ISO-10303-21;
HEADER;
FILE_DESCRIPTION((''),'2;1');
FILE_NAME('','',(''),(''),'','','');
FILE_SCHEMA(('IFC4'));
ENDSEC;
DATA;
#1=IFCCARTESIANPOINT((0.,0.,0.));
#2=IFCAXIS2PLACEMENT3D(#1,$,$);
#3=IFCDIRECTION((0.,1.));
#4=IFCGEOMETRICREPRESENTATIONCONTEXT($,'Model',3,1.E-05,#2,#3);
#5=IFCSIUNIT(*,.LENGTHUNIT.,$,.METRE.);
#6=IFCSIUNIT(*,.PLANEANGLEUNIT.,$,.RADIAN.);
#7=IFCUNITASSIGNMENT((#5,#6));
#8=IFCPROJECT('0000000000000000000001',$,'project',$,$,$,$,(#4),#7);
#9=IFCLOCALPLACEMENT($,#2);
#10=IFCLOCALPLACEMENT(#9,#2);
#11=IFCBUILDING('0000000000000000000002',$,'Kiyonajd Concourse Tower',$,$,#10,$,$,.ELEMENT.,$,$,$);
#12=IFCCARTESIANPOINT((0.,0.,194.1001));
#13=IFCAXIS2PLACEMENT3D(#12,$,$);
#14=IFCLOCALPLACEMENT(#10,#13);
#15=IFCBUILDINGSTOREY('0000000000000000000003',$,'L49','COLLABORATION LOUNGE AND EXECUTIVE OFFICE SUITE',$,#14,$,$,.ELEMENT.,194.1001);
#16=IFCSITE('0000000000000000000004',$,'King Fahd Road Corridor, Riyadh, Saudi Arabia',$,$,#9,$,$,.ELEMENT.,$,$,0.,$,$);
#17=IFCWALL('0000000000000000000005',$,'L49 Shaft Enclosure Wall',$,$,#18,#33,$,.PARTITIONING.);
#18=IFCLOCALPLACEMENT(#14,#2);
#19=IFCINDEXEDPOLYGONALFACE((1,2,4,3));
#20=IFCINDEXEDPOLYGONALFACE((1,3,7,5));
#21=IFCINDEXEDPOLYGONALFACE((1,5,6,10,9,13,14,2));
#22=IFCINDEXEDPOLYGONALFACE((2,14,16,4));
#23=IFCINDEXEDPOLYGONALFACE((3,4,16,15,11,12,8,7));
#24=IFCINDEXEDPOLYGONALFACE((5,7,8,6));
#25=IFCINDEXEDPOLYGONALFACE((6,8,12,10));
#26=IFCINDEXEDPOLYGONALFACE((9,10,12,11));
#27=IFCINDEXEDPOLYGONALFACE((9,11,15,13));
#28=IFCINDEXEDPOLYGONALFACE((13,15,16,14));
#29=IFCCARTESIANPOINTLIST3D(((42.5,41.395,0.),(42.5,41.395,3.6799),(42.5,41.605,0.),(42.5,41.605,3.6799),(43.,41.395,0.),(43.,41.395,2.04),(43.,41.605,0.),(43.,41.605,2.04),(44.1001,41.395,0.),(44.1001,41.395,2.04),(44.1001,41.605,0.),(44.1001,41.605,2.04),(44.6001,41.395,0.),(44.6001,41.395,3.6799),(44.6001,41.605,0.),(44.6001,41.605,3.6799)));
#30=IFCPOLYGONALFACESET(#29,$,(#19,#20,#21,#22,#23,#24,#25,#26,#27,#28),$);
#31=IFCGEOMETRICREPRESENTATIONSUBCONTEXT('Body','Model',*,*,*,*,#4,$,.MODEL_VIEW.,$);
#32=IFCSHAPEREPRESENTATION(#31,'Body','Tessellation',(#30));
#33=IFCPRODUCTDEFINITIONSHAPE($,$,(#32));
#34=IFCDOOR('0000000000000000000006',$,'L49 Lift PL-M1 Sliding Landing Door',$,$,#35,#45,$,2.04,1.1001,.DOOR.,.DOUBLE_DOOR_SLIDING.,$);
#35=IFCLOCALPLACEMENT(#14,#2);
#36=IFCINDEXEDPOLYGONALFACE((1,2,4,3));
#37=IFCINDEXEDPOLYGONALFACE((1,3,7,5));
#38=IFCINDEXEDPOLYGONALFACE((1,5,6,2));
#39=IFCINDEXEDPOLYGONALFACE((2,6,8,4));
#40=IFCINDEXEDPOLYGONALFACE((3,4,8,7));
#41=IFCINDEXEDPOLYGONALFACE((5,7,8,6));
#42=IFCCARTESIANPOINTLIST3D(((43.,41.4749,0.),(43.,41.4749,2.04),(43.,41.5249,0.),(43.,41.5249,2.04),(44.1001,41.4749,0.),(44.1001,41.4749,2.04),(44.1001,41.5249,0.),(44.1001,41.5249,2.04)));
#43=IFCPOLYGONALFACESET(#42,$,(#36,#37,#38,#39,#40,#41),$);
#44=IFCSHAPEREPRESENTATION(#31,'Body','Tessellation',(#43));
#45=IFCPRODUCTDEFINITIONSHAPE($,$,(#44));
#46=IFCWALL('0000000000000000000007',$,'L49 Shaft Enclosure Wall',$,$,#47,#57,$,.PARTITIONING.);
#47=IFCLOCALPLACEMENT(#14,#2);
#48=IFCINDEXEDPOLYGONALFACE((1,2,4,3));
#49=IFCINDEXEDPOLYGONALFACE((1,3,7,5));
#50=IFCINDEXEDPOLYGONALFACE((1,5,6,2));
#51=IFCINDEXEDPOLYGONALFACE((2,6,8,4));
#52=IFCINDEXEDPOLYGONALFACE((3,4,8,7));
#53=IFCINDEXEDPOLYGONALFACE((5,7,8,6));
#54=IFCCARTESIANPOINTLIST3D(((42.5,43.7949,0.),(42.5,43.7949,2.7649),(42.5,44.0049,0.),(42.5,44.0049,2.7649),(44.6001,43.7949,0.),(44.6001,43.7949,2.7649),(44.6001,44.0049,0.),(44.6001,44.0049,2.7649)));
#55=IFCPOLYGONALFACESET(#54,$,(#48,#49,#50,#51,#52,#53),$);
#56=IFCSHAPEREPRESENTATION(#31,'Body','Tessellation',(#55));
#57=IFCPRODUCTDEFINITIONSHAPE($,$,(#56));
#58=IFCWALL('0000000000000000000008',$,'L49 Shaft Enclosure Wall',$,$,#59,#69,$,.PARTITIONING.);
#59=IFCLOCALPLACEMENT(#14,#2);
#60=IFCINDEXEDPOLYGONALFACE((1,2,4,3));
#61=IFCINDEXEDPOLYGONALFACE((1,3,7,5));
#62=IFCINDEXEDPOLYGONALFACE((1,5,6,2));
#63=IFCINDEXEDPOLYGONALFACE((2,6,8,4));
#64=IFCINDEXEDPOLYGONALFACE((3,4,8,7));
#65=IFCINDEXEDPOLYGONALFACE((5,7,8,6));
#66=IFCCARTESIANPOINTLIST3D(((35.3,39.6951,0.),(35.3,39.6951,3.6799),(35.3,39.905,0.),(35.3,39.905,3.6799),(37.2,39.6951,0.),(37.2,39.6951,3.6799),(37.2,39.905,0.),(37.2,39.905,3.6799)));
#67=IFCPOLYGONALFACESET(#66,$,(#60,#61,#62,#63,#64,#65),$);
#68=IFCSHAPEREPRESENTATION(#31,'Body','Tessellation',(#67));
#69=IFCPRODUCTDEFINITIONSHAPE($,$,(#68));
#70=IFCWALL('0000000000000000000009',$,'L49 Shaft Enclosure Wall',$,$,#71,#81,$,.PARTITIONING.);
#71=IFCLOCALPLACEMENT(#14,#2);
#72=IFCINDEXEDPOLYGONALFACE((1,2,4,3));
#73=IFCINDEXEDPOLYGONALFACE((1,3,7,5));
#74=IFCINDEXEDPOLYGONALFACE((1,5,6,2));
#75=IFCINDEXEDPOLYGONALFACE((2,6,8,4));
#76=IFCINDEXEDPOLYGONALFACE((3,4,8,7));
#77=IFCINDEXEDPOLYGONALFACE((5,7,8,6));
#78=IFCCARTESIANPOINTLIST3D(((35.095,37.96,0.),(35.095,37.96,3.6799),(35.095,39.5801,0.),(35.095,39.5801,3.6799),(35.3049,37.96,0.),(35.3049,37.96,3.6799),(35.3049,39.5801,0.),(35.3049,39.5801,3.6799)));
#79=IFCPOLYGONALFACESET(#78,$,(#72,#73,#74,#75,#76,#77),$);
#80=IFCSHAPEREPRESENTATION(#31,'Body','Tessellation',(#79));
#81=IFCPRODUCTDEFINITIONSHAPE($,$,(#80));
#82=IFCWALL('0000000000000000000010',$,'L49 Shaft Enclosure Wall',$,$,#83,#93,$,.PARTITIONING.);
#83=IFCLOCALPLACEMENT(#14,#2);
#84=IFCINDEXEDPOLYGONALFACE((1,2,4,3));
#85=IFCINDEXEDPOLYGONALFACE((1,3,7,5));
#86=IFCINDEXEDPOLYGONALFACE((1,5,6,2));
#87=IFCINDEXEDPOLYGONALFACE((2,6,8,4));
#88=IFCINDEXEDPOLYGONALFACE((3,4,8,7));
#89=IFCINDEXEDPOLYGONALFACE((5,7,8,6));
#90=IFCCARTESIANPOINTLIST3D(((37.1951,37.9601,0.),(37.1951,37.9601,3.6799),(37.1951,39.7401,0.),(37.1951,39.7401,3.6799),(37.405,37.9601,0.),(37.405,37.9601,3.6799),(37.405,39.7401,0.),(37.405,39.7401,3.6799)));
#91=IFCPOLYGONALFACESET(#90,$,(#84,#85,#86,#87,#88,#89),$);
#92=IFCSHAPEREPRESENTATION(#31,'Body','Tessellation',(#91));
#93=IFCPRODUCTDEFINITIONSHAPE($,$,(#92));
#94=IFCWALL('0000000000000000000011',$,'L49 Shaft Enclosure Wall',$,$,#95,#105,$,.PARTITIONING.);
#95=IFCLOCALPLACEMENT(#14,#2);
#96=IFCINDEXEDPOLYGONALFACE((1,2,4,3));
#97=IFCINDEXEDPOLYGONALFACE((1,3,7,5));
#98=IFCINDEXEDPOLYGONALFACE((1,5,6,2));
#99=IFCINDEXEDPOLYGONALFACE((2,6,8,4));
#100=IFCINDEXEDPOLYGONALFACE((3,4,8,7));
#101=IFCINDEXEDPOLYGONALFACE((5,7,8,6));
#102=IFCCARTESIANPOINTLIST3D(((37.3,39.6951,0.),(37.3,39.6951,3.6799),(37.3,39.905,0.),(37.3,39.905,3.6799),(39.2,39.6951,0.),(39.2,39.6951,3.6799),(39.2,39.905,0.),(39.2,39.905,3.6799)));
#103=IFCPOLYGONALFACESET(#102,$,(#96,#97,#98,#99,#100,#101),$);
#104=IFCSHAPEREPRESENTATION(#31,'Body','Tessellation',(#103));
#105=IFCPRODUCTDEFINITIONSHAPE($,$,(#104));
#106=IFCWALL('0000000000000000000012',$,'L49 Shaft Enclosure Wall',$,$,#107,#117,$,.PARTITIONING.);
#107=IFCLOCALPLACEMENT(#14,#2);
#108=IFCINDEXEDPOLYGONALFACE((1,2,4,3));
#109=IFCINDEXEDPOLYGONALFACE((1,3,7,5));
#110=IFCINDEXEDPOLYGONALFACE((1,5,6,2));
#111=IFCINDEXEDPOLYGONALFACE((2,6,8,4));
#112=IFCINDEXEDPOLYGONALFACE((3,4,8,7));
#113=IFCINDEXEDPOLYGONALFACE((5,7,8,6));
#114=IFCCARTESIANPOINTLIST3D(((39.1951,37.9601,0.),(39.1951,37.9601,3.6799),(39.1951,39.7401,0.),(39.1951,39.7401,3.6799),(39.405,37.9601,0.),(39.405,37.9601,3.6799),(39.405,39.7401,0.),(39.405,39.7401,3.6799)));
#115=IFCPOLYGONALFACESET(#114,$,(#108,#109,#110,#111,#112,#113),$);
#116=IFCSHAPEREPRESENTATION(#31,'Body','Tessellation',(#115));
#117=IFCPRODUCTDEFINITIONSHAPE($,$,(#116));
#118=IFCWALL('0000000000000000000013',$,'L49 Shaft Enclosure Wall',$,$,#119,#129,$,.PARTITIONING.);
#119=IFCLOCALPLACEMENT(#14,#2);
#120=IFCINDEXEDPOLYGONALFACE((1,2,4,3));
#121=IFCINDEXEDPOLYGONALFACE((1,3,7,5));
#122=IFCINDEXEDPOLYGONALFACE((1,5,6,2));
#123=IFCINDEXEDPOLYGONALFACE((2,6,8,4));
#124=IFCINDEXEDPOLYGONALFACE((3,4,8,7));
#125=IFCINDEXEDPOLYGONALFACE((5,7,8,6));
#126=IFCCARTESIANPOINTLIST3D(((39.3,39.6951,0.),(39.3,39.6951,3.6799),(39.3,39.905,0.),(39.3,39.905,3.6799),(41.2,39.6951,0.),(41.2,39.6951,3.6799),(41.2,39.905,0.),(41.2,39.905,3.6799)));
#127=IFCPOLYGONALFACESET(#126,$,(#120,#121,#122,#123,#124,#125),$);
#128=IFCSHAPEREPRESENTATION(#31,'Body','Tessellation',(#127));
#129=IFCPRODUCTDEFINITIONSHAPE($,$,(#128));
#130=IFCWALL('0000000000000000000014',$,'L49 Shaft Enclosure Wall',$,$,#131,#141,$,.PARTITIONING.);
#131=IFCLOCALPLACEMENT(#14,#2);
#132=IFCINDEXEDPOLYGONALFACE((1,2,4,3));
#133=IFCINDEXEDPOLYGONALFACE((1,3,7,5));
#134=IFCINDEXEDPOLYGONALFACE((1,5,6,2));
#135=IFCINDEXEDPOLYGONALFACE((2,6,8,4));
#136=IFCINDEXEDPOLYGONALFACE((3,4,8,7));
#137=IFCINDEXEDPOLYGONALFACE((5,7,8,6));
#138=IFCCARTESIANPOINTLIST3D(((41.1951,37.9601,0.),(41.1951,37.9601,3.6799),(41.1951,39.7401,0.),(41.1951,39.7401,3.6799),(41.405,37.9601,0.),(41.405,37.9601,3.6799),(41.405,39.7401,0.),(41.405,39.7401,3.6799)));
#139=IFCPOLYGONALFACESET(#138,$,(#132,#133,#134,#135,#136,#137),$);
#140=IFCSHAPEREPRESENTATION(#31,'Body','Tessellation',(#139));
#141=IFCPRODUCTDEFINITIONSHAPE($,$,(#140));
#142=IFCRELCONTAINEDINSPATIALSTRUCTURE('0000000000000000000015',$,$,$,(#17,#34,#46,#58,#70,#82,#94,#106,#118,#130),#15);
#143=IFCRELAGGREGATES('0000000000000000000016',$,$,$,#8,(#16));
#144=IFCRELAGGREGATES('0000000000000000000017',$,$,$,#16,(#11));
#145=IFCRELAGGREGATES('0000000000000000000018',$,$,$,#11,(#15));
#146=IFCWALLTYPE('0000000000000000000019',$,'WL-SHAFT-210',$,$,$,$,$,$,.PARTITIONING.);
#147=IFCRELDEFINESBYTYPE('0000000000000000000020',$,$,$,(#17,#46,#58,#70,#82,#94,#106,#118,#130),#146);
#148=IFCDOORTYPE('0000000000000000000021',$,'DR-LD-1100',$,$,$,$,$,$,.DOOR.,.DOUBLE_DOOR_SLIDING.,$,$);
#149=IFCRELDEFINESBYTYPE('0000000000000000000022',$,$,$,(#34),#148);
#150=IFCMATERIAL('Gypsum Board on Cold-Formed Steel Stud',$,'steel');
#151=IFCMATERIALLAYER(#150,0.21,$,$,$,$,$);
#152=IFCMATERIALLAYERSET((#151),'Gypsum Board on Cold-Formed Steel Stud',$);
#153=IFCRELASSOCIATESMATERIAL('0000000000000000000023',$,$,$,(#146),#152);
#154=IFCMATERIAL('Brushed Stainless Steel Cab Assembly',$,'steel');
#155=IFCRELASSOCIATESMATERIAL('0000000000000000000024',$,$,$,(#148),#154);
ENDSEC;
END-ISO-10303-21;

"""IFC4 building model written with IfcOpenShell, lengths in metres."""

from ifc_helpers import new_model, si_unit, direction, frame, frame_2d, origin, place, context, subcontext, project, spatial, rectangle, extrude, material, layer, layer_set, type_object, element, fill, save


model = new_model("IFC4")

# Units and contexts
model_context = context("Model", 3, precision=1e-05, world=origin(), true_north=direction((0.0, 1.0)))
body_context = subcontext(model_context, "Body", "Model", "MODEL_VIEW")
ifc_project = project(units=[si_unit("LENGTHUNIT", "METRE"), si_unit("PLANEANGLEUNIT", "RADIAN")], contexts=[model_context])

# Site, building, storey
site_placement = place(None, origin())
site = spatial("IfcSite", under=ifc_project, at=site_placement, Name="King Fahd Road Corridor, Riyadh, Saudi Arabia", CompositionType="ELEMENT", RefElevation=0.0)
building_placement = place(site_placement, origin())
building = spatial("IfcBuilding", under=site, at=building_placement, Name="Kiyonajd Concourse Tower", CompositionType="ELEMENT")
storey_placement = place(building_placement, frame((0.0, 0.0, 194.1001)))
storey = spatial("IfcBuildingStorey", under=building, at=storey_placement, Name="L49", Description="COLLABORATION LOUNGE AND EXECUTIVE OFFICE SUITE", CompositionType="ELEMENT", Elevation=194.1001)

# Shared definitions
ifc_material_1 = material(Name="Gypsum Board on Cold-Formed Steel Stud", Category="steel")
ifc_layer_1 = layer(ifc_material_1, 0.21)
ifc_layer_set_1 = layer_set([ifc_layer_1], Name="Gypsum Board on Cold-Formed Steel Stud")
wall_type_1 = type_object("IfcWallType", Name="WL-SHAFT-210", PredefinedType="PARTITIONING", material=ifc_layer_set_1)

# Wall, opening, door
wall_1_placement = place(storey_placement, frame((42.5, 41.5, 0.0), z_axis=(0.0, 0.0, 1.0), x_axis=(1.0, 0.0, 0.0)))
wall_1 = element("IfcWall", 1, at=wall_1_placement, inside=storey, type_object=wall_type_1, Name="L49 Shaft Enclosure Wall", PredefinedType="PARTITIONING", context=body_context, shape_type="SweptSolid", body=[
    extrude(rectangle(XDim=2.1001, YDim=0.21, at=frame_2d((1.05, 0.0))), origin(), (0.0, 0.0, 1.0), 3.6799),
])
opening_1_placement = place(wall_1_placement, frame((0.5, 0.0, 0.0)))
opening_1 = element("IfcOpeningElement", 2, at=opening_1_placement, cuts=wall_1, PredefinedType="OPENING", context=body_context, shape_type="SweptSolid", body=[
    extrude(rectangle(XDim=1.1001, YDim=2.04, at=frame_2d((0.55, 1.02))), frame((0.0, 0.115, 0.0), z_axis=(0.0, -1.0, 0.0), x_axis=(1.0, 0.0, 0.0)), (0.0, 0.0, 1.0), 0.23),
])
ifc_material_2 = material(Name="Brushed Stainless Steel Cab Assembly", Category="steel")
door_type_1 = type_object("IfcDoorType", Name="DR-LD-1100", OperationType="DOUBLE_DOOR_SLIDING", PredefinedType="DOOR", material=ifc_material_2)
door_1_placement = place(opening_1_placement, origin())
door_1 = element("IfcDoor", 3, at=door_1_placement, inside=storey, type_object=door_type_1, Name="L49 Lift PL-M1 Sliding Landing Door", OperationType="DOUBLE_DOOR_SLIDING", OverallHeight=2.04, OverallWidth=1.1001, PredefinedType="DOOR", context=body_context, shape_type="SweptSolid", body=[
    extrude(rectangle(XDim=1.1001, YDim=2.04, at=frame_2d((0.55, 1.02))), frame((0.0, 0.0249, 0.0), z_axis=(0.0, -1.0, 0.0), x_axis=(1.0, 0.0, 0.0)), (0.0, 0.0, 1.0), 0.05),
])
fill(opening_1, door_1)

# Walls
wall_2_placement = place(storey_placement, frame((42.5, 43.8999, 0.0), z_axis=(0.0, 0.0, 1.0), x_axis=(1.0, 0.0, 0.0)))
element("IfcWall", 4, at=wall_2_placement, inside=storey, type_object=wall_type_1, Name="L49 Shaft Enclosure Wall", PredefinedType="PARTITIONING", context=body_context, shape_type="SweptSolid", body=[
    extrude(rectangle(XDim=2.1001, YDim=0.21, at=frame_2d((1.05, 0.0))), origin(), (0.0, 0.0, 1.0), 2.7649),
])
wall_3_placement = place(storey_placement, frame((35.3, 39.8, 0.0), z_axis=(0.0, 0.0, 1.0), x_axis=(1.0, 0.0, 0.0)))
element("IfcWall", 5, at=wall_3_placement, inside=storey, type_object=wall_type_1, Name="L49 Shaft Enclosure Wall", PredefinedType="PARTITIONING", context=body_context, shape_type="SweptSolid", body=[
    extrude(rectangle(XDim=1.8999, YDim=0.21, at=frame_2d((0.95, 0.0))), origin(), (0.0, 0.0, 1.0), 3.6799),
])
wall_4_placement = place(storey_placement, frame((35.2, 37.96, 0.0), z_axis=(0.0, 0.0, 1.0), x_axis=(0.0, 1.0, 0.0)))
element("IfcWall", 6, at=wall_4_placement, inside=storey, type_object=wall_type_1, Name="L49 Shaft Enclosure Wall", PredefinedType="PARTITIONING", context=body_context, shape_type="SweptSolid", body=[
    extrude(rectangle(XDim=1.6201, YDim=0.21, at=frame_2d((0.8101, 0.0))), origin(), (0.0, 0.0, 1.0), 3.6799),
])
wall_5_placement = place(storey_placement, frame((37.3, 37.96, 0.0), z_axis=(0.0, 0.0, 1.0), x_axis=(0.0, 1.0, 0.0)))
element("IfcWall", 7, at=wall_5_placement, inside=storey, type_object=wall_type_1, Name="L49 Shaft Enclosure Wall", PredefinedType="PARTITIONING", context=body_context, shape_type="SweptSolid", body=[
    extrude(rectangle(XDim=1.78, YDim=0.21, at=frame_2d((0.8901, 0.0))), origin(), (0.0, 0.0, 1.0), 3.6799),
])
wall_6_placement = place(storey_placement, frame((37.3, 39.8, 0.0), z_axis=(0.0, 0.0, 1.0), x_axis=(1.0, 0.0, 0.0)))
element("IfcWall", 8, at=wall_6_placement, inside=storey, type_object=wall_type_1, Name="L49 Shaft Enclosure Wall", PredefinedType="PARTITIONING", context=body_context, shape_type="SweptSolid", body=[
    extrude(rectangle(XDim=1.8999, YDim=0.21, at=frame_2d((0.95, 0.0))), origin(), (0.0, 0.0, 1.0), 3.6799),
])
wall_7_placement = place(storey_placement, frame((39.3, 37.96, 0.0), z_axis=(0.0, 0.0, 1.0), x_axis=(0.0, 1.0, 0.0)))
element("IfcWall", 9, at=wall_7_placement, inside=storey, type_object=wall_type_1, Name="L49 Shaft Enclosure Wall", PredefinedType="PARTITIONING", context=body_context, shape_type="SweptSolid", body=[
    extrude(rectangle(XDim=1.78, YDim=0.21, at=frame_2d((0.8901, 0.0))), origin(), (0.0, 0.0, 1.0), 3.6799),
])
wall_8_placement = place(storey_placement, frame((39.3, 39.8, 0.0), z_axis=(0.0, 0.0, 1.0), x_axis=(1.0, 0.0, 0.0)))
element("IfcWall", 10, at=wall_8_placement, inside=storey, type_object=wall_type_1, Name="L49 Shaft Enclosure Wall", PredefinedType="PARTITIONING", context=body_context, shape_type="SweptSolid", body=[
    extrude(rectangle(XDim=1.8999, YDim=0.21, at=frame_2d((0.95, 0.0))), origin(), (0.0, 0.0, 1.0), 3.6799),
])
wall_9_placement = place(storey_placement, frame((41.3, 37.96, 0.0), z_axis=(0.0, 0.0, 1.0), x_axis=(0.0, 1.0, 0.0)))
element("IfcWall", 11, at=wall_9_placement, inside=storey, type_object=wall_type_1, Name="L49 Shaft Enclosure Wall", PredefinedType="PARTITIONING", context=body_context, shape_type="SweptSolid", body=[
    extrude(rectangle(XDim=1.78, YDim=0.21, at=frame_2d((0.8901, 0.0))), origin(), (0.0, 0.0, 1.0), 3.6799),
])

save(model, "model.ifc")
